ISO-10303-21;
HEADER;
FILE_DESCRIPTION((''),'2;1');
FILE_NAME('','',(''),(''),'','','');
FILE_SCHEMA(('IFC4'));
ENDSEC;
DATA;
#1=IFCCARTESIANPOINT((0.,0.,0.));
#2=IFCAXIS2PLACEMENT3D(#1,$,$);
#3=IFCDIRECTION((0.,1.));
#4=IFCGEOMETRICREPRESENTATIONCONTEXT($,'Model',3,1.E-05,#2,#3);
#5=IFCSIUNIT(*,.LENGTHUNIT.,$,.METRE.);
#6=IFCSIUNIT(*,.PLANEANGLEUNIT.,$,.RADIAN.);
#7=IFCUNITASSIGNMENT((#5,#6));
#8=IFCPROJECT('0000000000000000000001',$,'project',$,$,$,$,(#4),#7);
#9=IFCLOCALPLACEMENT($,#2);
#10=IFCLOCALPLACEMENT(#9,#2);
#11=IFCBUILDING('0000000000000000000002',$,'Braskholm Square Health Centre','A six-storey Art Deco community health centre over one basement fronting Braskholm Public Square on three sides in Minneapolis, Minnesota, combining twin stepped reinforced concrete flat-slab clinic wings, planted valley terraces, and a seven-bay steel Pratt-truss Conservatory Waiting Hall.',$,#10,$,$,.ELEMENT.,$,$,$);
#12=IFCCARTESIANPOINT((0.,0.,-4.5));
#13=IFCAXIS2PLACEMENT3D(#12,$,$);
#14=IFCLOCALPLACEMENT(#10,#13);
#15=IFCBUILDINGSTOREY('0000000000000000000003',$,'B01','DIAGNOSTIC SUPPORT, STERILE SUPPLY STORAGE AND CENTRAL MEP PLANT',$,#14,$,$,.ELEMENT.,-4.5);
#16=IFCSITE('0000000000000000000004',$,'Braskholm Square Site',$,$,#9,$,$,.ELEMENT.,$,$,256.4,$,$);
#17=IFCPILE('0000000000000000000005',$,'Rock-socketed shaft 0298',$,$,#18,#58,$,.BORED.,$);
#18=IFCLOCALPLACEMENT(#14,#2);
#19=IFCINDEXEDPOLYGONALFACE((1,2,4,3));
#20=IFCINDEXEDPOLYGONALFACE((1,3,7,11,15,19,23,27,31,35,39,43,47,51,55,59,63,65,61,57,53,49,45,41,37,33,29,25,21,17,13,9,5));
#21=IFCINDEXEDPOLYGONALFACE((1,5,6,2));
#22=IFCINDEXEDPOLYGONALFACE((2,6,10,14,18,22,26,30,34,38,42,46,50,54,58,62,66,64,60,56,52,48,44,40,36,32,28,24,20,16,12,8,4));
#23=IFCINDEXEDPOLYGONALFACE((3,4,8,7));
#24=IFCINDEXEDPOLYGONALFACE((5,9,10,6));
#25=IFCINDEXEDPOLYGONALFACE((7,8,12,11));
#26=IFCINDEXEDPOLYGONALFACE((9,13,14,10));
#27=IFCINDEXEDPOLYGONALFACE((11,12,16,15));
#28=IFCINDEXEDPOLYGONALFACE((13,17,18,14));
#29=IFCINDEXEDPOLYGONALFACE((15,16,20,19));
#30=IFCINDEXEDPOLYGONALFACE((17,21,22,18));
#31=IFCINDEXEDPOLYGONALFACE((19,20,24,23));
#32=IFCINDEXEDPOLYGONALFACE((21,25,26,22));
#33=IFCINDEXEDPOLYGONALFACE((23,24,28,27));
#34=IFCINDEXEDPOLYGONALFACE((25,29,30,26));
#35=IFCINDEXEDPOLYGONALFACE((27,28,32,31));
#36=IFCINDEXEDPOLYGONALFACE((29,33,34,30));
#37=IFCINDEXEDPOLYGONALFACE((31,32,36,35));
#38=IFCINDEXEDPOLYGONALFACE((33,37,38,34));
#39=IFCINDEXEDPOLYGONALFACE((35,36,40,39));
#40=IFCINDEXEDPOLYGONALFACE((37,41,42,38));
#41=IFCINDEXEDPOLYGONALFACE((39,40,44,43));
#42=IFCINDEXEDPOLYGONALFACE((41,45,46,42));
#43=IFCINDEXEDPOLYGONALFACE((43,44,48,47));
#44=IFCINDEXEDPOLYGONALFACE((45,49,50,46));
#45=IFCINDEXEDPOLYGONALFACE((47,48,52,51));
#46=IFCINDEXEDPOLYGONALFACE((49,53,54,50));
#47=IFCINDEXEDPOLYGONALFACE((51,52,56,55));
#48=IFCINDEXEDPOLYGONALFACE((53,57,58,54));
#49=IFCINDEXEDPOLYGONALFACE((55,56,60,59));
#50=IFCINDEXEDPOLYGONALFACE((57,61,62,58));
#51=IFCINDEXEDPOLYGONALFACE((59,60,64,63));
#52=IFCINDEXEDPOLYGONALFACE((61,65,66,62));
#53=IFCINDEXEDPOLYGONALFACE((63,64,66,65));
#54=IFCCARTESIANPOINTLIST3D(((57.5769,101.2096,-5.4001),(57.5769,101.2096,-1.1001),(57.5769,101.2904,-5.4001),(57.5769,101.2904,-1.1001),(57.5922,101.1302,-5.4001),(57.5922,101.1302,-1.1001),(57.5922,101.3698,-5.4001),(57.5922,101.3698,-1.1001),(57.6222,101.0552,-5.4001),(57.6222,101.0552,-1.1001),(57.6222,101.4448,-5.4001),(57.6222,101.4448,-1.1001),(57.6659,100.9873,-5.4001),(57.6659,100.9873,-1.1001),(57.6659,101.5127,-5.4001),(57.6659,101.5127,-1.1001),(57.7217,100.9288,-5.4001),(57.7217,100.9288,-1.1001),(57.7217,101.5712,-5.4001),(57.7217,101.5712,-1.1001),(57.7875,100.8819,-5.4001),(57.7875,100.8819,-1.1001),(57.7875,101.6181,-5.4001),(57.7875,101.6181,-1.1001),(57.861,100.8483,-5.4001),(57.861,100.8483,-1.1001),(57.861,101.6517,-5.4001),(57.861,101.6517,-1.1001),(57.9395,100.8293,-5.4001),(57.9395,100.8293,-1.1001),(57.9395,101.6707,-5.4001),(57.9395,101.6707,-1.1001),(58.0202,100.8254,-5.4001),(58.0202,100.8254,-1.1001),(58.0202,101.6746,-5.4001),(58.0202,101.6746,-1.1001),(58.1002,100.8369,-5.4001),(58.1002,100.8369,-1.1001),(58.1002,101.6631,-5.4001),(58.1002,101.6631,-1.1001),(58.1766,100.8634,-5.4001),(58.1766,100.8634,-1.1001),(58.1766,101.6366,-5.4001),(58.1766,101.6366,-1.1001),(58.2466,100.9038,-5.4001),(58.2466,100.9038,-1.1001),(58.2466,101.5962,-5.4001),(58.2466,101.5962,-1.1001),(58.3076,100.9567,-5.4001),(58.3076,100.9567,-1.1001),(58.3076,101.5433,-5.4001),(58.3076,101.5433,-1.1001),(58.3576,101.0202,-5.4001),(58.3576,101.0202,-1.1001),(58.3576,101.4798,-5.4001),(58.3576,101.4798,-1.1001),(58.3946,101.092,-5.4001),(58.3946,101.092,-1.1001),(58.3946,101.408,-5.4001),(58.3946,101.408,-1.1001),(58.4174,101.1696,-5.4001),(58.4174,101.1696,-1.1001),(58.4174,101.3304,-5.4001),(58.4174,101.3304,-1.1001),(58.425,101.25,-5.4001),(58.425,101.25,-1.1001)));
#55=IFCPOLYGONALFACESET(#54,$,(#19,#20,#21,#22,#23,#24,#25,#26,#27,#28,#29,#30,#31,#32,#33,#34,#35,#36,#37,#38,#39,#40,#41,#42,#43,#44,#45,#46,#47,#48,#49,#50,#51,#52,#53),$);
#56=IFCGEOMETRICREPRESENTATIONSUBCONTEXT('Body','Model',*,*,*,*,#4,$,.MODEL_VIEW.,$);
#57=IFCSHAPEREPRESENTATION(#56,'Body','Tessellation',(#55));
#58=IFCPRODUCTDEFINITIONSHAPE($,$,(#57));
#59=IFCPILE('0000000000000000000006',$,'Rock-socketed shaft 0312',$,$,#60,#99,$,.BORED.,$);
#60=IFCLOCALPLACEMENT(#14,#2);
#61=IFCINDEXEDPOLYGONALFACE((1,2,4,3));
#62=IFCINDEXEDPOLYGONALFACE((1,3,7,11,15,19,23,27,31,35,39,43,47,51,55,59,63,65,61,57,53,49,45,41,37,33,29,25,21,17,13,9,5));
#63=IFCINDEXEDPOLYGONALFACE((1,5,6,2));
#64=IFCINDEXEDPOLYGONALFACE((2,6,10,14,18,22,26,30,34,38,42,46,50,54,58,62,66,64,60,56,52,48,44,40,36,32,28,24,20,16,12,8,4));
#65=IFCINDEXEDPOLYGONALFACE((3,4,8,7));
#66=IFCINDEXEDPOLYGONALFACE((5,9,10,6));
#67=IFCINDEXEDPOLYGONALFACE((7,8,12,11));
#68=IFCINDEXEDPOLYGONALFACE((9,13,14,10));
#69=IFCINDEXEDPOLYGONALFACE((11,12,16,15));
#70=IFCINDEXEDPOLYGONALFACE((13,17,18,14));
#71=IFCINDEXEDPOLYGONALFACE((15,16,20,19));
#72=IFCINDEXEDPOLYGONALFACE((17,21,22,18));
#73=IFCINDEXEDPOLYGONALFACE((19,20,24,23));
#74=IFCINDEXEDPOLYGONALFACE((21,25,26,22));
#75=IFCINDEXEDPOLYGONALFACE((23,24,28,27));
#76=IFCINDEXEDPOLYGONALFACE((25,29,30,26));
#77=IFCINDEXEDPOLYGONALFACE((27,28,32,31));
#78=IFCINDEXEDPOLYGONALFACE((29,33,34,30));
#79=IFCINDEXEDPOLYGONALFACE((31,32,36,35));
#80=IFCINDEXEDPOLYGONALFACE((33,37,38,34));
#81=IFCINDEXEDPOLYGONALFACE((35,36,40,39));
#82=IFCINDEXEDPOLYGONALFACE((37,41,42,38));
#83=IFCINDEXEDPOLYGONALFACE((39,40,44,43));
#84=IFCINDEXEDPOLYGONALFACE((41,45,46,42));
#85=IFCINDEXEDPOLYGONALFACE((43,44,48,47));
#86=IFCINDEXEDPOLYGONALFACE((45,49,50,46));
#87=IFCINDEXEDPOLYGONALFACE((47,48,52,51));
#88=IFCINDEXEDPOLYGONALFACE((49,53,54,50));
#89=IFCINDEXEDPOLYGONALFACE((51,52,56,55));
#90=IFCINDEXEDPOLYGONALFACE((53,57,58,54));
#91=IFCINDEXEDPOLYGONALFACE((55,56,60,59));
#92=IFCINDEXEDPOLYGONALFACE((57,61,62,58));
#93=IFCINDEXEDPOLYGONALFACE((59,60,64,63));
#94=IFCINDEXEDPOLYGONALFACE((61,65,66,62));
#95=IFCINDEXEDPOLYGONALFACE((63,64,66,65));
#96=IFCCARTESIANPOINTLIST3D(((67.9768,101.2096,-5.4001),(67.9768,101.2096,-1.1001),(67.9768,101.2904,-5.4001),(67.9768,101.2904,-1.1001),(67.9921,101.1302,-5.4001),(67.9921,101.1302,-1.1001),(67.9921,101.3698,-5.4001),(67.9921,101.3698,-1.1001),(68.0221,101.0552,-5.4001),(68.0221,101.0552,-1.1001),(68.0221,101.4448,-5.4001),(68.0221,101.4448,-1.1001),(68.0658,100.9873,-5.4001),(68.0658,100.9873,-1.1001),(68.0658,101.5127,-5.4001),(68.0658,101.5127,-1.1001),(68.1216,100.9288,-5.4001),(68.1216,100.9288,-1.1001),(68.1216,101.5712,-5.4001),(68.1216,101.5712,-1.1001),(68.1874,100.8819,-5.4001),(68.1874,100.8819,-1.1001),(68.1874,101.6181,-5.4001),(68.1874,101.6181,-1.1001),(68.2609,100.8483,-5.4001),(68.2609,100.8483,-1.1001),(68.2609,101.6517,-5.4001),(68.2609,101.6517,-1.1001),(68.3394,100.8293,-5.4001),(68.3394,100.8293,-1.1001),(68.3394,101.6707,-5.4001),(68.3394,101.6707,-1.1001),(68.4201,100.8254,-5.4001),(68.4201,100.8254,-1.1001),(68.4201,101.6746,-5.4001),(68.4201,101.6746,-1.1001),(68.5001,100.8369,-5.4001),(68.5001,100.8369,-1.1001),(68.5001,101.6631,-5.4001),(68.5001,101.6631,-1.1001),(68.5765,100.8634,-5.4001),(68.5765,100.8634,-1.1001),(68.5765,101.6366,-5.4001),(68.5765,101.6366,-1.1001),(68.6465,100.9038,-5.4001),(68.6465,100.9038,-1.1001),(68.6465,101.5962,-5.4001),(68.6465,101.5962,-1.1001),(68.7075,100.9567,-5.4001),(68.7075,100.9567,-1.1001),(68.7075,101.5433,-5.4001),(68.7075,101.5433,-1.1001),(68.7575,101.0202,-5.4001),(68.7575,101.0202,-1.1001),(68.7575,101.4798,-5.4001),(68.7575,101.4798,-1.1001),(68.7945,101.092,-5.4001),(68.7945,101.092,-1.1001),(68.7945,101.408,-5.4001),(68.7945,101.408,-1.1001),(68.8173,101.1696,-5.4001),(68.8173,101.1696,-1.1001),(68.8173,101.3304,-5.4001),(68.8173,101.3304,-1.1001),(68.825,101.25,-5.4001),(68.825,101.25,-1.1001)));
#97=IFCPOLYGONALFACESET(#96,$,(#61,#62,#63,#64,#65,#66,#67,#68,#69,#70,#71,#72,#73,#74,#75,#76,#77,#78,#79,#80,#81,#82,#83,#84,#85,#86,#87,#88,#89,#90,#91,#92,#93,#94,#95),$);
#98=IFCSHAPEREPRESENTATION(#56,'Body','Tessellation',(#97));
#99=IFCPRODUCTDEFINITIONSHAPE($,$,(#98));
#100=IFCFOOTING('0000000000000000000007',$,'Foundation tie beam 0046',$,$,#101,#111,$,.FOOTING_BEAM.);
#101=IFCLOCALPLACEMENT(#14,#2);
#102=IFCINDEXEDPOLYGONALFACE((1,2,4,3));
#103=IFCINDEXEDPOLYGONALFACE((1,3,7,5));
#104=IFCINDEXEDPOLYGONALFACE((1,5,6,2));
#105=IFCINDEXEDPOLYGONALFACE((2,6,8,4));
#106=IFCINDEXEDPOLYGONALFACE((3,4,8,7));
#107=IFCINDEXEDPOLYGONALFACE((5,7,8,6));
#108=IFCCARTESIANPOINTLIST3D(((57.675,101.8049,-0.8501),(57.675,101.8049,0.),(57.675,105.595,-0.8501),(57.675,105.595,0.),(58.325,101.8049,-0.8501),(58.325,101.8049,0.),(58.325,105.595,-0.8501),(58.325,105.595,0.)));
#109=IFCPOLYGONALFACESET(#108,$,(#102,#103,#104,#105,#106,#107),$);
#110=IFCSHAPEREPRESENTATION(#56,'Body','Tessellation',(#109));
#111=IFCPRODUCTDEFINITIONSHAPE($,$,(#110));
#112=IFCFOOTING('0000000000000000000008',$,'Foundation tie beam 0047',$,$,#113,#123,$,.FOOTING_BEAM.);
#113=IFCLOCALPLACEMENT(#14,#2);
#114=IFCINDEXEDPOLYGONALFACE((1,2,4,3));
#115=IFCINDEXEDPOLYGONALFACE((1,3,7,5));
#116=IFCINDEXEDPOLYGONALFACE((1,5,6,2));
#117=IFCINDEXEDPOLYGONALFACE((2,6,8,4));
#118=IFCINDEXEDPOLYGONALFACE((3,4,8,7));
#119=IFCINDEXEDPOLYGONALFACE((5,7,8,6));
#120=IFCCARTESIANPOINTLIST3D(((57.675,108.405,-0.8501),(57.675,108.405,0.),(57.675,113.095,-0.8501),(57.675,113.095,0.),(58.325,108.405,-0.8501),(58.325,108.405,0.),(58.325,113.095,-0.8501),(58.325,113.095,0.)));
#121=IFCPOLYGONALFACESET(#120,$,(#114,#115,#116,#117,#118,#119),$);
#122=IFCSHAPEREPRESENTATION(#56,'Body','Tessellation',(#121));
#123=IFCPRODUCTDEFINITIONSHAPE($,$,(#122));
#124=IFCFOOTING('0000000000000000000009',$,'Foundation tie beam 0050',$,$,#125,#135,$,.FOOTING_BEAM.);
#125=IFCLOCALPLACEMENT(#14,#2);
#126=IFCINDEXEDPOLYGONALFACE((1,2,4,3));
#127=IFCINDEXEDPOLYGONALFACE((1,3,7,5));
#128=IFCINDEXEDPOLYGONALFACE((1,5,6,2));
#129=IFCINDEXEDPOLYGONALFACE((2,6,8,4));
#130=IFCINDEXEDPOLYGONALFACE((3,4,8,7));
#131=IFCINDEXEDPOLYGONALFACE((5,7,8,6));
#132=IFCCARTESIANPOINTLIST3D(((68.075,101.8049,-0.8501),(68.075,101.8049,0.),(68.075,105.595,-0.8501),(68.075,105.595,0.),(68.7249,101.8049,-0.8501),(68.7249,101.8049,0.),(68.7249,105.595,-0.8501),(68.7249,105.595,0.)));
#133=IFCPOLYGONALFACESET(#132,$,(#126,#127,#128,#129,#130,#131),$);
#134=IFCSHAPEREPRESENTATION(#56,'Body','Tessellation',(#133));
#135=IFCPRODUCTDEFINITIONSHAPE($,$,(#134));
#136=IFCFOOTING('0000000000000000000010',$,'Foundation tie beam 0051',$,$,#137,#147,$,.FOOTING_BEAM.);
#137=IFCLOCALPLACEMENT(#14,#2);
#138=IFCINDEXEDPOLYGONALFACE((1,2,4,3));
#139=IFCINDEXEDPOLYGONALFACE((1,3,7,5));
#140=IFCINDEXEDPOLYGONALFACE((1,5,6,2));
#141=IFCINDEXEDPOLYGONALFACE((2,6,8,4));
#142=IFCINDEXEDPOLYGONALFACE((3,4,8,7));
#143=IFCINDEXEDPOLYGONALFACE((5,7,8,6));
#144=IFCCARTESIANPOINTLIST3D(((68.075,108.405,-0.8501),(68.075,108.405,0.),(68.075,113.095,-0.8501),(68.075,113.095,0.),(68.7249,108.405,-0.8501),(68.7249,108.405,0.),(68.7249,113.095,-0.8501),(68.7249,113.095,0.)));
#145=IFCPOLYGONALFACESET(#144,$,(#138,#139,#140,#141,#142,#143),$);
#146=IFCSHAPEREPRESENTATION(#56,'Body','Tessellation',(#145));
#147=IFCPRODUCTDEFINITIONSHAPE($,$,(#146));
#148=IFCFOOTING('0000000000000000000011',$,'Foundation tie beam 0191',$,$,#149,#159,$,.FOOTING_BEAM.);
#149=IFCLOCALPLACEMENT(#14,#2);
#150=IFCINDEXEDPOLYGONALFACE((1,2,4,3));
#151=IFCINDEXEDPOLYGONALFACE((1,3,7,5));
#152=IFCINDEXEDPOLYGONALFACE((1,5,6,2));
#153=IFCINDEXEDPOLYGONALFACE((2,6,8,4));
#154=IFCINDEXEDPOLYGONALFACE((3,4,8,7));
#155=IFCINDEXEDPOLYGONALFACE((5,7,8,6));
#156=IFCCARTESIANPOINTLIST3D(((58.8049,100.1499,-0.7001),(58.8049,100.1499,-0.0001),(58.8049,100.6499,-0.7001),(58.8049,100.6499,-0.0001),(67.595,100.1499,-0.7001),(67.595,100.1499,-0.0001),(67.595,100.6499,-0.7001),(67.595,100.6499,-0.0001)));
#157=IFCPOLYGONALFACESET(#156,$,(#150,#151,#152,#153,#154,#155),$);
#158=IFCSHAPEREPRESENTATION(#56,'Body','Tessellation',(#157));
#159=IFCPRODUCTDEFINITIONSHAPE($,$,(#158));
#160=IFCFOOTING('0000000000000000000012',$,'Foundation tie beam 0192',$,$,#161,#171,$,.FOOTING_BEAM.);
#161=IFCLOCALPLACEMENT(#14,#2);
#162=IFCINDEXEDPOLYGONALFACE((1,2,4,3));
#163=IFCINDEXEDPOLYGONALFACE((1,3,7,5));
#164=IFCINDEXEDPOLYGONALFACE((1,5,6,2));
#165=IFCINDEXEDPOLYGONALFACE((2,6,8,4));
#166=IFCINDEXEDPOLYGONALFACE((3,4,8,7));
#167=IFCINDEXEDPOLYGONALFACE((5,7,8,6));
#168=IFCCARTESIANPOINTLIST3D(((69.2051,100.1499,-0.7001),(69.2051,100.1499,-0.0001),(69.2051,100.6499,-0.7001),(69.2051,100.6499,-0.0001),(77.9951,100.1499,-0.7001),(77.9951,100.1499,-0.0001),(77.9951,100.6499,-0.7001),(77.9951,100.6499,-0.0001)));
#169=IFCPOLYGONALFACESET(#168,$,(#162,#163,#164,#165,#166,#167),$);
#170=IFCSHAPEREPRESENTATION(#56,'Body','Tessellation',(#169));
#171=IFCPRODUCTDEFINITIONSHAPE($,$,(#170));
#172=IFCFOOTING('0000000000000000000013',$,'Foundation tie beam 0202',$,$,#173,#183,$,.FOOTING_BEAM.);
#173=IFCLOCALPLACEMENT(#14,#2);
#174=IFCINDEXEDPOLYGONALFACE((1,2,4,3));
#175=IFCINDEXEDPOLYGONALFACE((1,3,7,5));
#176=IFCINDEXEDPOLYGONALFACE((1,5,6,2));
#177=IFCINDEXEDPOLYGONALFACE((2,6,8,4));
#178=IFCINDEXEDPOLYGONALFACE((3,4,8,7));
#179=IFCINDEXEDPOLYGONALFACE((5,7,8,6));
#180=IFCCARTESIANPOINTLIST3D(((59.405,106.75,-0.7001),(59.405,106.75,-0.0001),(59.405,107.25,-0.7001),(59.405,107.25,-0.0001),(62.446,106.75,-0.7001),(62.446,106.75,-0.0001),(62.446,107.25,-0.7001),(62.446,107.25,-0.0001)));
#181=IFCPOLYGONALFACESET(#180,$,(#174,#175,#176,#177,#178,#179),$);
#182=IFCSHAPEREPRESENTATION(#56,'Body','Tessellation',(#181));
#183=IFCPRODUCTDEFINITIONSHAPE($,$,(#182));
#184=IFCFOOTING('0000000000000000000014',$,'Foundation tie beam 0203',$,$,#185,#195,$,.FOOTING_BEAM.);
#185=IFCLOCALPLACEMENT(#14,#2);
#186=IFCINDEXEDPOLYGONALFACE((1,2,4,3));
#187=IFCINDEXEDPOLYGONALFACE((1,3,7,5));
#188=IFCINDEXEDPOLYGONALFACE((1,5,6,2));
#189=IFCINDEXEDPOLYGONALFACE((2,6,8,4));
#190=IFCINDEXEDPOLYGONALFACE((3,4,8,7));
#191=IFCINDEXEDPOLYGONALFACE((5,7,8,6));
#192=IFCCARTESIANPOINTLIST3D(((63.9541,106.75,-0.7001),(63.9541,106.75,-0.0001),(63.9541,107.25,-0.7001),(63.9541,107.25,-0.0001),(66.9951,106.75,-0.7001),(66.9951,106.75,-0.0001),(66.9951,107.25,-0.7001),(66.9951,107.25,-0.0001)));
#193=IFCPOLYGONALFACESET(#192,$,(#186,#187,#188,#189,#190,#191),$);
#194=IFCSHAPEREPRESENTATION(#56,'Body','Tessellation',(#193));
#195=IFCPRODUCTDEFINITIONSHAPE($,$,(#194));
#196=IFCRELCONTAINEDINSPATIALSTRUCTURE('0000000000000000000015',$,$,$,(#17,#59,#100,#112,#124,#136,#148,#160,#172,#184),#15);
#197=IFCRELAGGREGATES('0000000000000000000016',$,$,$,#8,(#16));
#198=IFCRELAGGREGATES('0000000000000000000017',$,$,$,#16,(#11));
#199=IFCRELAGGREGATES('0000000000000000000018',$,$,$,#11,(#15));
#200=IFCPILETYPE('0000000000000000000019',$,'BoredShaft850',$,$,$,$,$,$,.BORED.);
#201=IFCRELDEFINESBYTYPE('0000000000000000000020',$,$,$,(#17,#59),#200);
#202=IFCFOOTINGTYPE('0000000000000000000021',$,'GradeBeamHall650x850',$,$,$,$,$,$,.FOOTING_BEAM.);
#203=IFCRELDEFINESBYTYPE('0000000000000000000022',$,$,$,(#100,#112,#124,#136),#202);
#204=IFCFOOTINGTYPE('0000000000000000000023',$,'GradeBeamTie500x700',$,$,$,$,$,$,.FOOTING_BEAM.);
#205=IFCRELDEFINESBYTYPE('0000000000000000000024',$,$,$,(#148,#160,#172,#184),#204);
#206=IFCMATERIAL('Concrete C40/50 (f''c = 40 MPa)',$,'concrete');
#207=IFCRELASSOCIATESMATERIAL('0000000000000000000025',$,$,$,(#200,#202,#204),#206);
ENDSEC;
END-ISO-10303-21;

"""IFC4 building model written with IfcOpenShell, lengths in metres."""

from ifc_helpers import new_model, si_unit, direction, frame, origin, origin_2d, place, context, subcontext, project, spatial, rectangle, circle, extrude, material, material_profile, profile_set, type_object, element, save


model = new_model("IFC4")

# Units and contexts
model_context = context("Model", 3, precision=1e-05, world=origin(), true_north=direction((0.0, 1.0)))
body_context = subcontext(model_context, "Body", "Model", "MODEL_VIEW")
ifc_project = project(units=[si_unit("LENGTHUNIT", "METRE"), si_unit("PLANEANGLEUNIT", "RADIAN")], contexts=[model_context])

# Site, building, storey
site_placement = place(None, origin())
site = spatial("IfcSite", under=ifc_project, at=site_placement, Name="Braskholm Square Site", CompositionType="ELEMENT", RefElevation=256.4)
building_placement = place(site_placement, origin())
building = spatial("IfcBuilding", under=site, at=building_placement, Name="Braskholm Square Health Centre", Description="A six-storey Art Deco community health centre over one basement fronting Braskholm Public Square on three sides in Minneapolis, Minnesota, combining twin stepped reinforced concrete flat-slab clinic wings, planted valley terraces, and a seven-bay steel Pratt-truss Conservatory Waiting Hall.", CompositionType="ELEMENT")
storey_placement = place(building_placement, frame((0.0, 0.0, -4.5)))
storey = spatial("IfcBuildingStorey", under=building, at=storey_placement, Name="B01", Description="DIAGNOSTIC SUPPORT, STERILE SUPPLY STORAGE AND CENTRAL MEP PLANT", CompositionType="ELEMENT", Elevation=-4.5)

# Piles
ifc_material_1 = material(Name="Concrete C40/50 (f'c = 40 MPa)", Category="concrete")
ifc_material_profile_1 = material_profile(ifc_material_1, circle(Radius=0.425, at=origin_2d()), Name="BORED-PILE-850")
ifc_profile_set_1 = profile_set([ifc_material_profile_1], Name="Concrete C40/50 (f'c = 40 MPa)")
pile_type_1 = type_object("IfcPileType", Name="BoredShaft850", PredefinedType="BORED", material=ifc_profile_set_1)
for number, where, z_axis, x_axis, name in (
    (1, (58.0, 101.25, -1.1001), (0.0, 0.0, -1.0), (1.0, 0.0, 0.0), "Rock-socketed shaft 0298"),
    (2, (68.3999, 101.25, -1.1001), (0.0, 0.0, -1.0), (1.0, 0.0, 0.0), "Rock-socketed shaft 0312"),
):
    element("IfcPile", number, at=place(storey_placement, frame(where, z_axis=z_axis, x_axis=x_axis)), inside=storey, type_object=pile_type_1, Name=name, PredefinedType="BORED", context=body_context, shape_type="SweptSolid", body=[
        extrude(circle(Radius=0.425, at=origin_2d()), origin(), (0.0, 0.0, 1.0), 4.3),
    ])

# Footings
ifc_material_profile_2 = material_profile(ifc_material_1, rectangle(XDim=0.6499, YDim=0.8501, at=origin_2d()), Name="FTG-650X850")
ifc_profile_set_2 = profile_set([ifc_material_profile_2], Name="Concrete C40/50 (f'c = 40 MPa)")
footing_type_1 = type_object("IfcFootingType", Name="GradeBeamHall650x850", PredefinedType="FOOTING_BEAM", material=ifc_profile_set_2)
footing_1_placement = place(storey_placement, frame((58.0, 101.8049, -0.425), z_axis=(0.0, 1.0, 0.0), x_axis=(-1.0, 0.0, 0.0)))
element("IfcFooting", 3, at=footing_1_placement, inside=storey, type_object=footing_type_1, Name="Foundation tie beam 0046", PredefinedType="FOOTING_BEAM", context=body_context, shape_type="SweptSolid", body=[
    extrude(rectangle(XDim=0.6499, YDim=0.8501, at=origin_2d()), origin(), (0.0, 0.0, 1.0), 3.79),
])
footing_2_placement = place(storey_placement, frame((58.0, 108.405, -0.425), z_axis=(0.0, 1.0, 0.0), x_axis=(-1.0, 0.0, 0.0)))
element("IfcFooting", 4, at=footing_2_placement, inside=storey, type_object=footing_type_1, Name="Foundation tie beam 0047", PredefinedType="FOOTING_BEAM", context=body_context, shape_type="SweptSolid", body=[
    extrude(rectangle(XDim=0.6499, YDim=0.8501, at=origin_2d()), origin(), (0.0, 0.0, 1.0), 4.6899),
])
footing_3_placement = place(storey_placement, frame((68.3999, 101.8049, -0.425), z_axis=(0.0, 1.0, 0.0), x_axis=(-1.0, 0.0, 0.0)))
element("IfcFooting", 5, at=footing_3_placement, inside=storey, type_object=footing_type_1, Name="Foundation tie beam 0050", PredefinedType="FOOTING_BEAM", context=body_context, shape_type="SweptSolid", body=[
    extrude(rectangle(XDim=0.6499, YDim=0.8501, at=origin_2d()), origin(), (0.0, 0.0, 1.0), 3.79),
])
footing_4_placement = place(storey_placement, frame((68.3999, 108.405, -0.425), z_axis=(0.0, 1.0, 0.0), x_axis=(-1.0, 0.0, 0.0)))
element("IfcFooting", 6, at=footing_4_placement, inside=storey, type_object=footing_type_1, Name="Foundation tie beam 0051", PredefinedType="FOOTING_BEAM", context=body_context, shape_type="SweptSolid", body=[
    extrude(rectangle(XDim=0.6499, YDim=0.8501, at=origin_2d()), origin(), (0.0, 0.0, 1.0), 4.6899),
])
ifc_material_profile_3 = material_profile(ifc_material_1, rectangle(XDim=0.5, YDim=0.7, at=origin_2d()), Name="FTG-500X700")
ifc_profile_set_3 = profile_set([ifc_material_profile_3], Name="Concrete C40/50 (f'c = 40 MPa)")
footing_type_2 = type_object("IfcFootingType", Name="GradeBeamTie500x700", PredefinedType="FOOTING_BEAM", material=ifc_profile_set_3)
for number, where, z_axis, x_axis, name in (
    (7, (58.8049, 100.3999, -0.3501), (1.0, 0.0, 0.0), (0.0, 1.0, 0.0), "Foundation tie beam 0191"),
    (8, (69.2051, 100.3999, -0.3501), (1.0, 0.0, 0.0), (0.0, 1.0, 0.0), "Foundation tie beam 0192"),
):
    element("IfcFooting", number, at=place(storey_placement, frame(where, z_axis=z_axis, x_axis=x_axis)), inside=storey, type_object=footing_type_2, Name=name, PredefinedType="FOOTING_BEAM", context=body_context, shape_type="SweptSolid", body=[
        extrude(rectangle(XDim=0.5, YDim=0.7, at=origin_2d()), origin(), (0.0, 0.0, 1.0), 8.79),
    ])
for number, where, z_axis, x_axis, name in (
    (9, (59.405, 107.0, -0.3501), (1.0, 0.0, 0.0), (0.0, 1.0, 0.0), "Foundation tie beam 0202"),
    (10, (63.9541, 107.0, -0.3501), (1.0, 0.0, 0.0), (0.0, 1.0, 0.0), "Foundation tie beam 0203"),
):
    element("IfcFooting", number, at=place(storey_placement, frame(where, z_axis=z_axis, x_axis=x_axis)), inside=storey, type_object=footing_type_2, Name=name, PredefinedType="FOOTING_BEAM", context=body_context, shape_type="SweptSolid", body=[
        extrude(rectangle(XDim=0.5, YDim=0.7, at=origin_2d()), origin(), (0.0, 0.0, 1.0), 3.041),
    ])

save(model, "model.ifc")
